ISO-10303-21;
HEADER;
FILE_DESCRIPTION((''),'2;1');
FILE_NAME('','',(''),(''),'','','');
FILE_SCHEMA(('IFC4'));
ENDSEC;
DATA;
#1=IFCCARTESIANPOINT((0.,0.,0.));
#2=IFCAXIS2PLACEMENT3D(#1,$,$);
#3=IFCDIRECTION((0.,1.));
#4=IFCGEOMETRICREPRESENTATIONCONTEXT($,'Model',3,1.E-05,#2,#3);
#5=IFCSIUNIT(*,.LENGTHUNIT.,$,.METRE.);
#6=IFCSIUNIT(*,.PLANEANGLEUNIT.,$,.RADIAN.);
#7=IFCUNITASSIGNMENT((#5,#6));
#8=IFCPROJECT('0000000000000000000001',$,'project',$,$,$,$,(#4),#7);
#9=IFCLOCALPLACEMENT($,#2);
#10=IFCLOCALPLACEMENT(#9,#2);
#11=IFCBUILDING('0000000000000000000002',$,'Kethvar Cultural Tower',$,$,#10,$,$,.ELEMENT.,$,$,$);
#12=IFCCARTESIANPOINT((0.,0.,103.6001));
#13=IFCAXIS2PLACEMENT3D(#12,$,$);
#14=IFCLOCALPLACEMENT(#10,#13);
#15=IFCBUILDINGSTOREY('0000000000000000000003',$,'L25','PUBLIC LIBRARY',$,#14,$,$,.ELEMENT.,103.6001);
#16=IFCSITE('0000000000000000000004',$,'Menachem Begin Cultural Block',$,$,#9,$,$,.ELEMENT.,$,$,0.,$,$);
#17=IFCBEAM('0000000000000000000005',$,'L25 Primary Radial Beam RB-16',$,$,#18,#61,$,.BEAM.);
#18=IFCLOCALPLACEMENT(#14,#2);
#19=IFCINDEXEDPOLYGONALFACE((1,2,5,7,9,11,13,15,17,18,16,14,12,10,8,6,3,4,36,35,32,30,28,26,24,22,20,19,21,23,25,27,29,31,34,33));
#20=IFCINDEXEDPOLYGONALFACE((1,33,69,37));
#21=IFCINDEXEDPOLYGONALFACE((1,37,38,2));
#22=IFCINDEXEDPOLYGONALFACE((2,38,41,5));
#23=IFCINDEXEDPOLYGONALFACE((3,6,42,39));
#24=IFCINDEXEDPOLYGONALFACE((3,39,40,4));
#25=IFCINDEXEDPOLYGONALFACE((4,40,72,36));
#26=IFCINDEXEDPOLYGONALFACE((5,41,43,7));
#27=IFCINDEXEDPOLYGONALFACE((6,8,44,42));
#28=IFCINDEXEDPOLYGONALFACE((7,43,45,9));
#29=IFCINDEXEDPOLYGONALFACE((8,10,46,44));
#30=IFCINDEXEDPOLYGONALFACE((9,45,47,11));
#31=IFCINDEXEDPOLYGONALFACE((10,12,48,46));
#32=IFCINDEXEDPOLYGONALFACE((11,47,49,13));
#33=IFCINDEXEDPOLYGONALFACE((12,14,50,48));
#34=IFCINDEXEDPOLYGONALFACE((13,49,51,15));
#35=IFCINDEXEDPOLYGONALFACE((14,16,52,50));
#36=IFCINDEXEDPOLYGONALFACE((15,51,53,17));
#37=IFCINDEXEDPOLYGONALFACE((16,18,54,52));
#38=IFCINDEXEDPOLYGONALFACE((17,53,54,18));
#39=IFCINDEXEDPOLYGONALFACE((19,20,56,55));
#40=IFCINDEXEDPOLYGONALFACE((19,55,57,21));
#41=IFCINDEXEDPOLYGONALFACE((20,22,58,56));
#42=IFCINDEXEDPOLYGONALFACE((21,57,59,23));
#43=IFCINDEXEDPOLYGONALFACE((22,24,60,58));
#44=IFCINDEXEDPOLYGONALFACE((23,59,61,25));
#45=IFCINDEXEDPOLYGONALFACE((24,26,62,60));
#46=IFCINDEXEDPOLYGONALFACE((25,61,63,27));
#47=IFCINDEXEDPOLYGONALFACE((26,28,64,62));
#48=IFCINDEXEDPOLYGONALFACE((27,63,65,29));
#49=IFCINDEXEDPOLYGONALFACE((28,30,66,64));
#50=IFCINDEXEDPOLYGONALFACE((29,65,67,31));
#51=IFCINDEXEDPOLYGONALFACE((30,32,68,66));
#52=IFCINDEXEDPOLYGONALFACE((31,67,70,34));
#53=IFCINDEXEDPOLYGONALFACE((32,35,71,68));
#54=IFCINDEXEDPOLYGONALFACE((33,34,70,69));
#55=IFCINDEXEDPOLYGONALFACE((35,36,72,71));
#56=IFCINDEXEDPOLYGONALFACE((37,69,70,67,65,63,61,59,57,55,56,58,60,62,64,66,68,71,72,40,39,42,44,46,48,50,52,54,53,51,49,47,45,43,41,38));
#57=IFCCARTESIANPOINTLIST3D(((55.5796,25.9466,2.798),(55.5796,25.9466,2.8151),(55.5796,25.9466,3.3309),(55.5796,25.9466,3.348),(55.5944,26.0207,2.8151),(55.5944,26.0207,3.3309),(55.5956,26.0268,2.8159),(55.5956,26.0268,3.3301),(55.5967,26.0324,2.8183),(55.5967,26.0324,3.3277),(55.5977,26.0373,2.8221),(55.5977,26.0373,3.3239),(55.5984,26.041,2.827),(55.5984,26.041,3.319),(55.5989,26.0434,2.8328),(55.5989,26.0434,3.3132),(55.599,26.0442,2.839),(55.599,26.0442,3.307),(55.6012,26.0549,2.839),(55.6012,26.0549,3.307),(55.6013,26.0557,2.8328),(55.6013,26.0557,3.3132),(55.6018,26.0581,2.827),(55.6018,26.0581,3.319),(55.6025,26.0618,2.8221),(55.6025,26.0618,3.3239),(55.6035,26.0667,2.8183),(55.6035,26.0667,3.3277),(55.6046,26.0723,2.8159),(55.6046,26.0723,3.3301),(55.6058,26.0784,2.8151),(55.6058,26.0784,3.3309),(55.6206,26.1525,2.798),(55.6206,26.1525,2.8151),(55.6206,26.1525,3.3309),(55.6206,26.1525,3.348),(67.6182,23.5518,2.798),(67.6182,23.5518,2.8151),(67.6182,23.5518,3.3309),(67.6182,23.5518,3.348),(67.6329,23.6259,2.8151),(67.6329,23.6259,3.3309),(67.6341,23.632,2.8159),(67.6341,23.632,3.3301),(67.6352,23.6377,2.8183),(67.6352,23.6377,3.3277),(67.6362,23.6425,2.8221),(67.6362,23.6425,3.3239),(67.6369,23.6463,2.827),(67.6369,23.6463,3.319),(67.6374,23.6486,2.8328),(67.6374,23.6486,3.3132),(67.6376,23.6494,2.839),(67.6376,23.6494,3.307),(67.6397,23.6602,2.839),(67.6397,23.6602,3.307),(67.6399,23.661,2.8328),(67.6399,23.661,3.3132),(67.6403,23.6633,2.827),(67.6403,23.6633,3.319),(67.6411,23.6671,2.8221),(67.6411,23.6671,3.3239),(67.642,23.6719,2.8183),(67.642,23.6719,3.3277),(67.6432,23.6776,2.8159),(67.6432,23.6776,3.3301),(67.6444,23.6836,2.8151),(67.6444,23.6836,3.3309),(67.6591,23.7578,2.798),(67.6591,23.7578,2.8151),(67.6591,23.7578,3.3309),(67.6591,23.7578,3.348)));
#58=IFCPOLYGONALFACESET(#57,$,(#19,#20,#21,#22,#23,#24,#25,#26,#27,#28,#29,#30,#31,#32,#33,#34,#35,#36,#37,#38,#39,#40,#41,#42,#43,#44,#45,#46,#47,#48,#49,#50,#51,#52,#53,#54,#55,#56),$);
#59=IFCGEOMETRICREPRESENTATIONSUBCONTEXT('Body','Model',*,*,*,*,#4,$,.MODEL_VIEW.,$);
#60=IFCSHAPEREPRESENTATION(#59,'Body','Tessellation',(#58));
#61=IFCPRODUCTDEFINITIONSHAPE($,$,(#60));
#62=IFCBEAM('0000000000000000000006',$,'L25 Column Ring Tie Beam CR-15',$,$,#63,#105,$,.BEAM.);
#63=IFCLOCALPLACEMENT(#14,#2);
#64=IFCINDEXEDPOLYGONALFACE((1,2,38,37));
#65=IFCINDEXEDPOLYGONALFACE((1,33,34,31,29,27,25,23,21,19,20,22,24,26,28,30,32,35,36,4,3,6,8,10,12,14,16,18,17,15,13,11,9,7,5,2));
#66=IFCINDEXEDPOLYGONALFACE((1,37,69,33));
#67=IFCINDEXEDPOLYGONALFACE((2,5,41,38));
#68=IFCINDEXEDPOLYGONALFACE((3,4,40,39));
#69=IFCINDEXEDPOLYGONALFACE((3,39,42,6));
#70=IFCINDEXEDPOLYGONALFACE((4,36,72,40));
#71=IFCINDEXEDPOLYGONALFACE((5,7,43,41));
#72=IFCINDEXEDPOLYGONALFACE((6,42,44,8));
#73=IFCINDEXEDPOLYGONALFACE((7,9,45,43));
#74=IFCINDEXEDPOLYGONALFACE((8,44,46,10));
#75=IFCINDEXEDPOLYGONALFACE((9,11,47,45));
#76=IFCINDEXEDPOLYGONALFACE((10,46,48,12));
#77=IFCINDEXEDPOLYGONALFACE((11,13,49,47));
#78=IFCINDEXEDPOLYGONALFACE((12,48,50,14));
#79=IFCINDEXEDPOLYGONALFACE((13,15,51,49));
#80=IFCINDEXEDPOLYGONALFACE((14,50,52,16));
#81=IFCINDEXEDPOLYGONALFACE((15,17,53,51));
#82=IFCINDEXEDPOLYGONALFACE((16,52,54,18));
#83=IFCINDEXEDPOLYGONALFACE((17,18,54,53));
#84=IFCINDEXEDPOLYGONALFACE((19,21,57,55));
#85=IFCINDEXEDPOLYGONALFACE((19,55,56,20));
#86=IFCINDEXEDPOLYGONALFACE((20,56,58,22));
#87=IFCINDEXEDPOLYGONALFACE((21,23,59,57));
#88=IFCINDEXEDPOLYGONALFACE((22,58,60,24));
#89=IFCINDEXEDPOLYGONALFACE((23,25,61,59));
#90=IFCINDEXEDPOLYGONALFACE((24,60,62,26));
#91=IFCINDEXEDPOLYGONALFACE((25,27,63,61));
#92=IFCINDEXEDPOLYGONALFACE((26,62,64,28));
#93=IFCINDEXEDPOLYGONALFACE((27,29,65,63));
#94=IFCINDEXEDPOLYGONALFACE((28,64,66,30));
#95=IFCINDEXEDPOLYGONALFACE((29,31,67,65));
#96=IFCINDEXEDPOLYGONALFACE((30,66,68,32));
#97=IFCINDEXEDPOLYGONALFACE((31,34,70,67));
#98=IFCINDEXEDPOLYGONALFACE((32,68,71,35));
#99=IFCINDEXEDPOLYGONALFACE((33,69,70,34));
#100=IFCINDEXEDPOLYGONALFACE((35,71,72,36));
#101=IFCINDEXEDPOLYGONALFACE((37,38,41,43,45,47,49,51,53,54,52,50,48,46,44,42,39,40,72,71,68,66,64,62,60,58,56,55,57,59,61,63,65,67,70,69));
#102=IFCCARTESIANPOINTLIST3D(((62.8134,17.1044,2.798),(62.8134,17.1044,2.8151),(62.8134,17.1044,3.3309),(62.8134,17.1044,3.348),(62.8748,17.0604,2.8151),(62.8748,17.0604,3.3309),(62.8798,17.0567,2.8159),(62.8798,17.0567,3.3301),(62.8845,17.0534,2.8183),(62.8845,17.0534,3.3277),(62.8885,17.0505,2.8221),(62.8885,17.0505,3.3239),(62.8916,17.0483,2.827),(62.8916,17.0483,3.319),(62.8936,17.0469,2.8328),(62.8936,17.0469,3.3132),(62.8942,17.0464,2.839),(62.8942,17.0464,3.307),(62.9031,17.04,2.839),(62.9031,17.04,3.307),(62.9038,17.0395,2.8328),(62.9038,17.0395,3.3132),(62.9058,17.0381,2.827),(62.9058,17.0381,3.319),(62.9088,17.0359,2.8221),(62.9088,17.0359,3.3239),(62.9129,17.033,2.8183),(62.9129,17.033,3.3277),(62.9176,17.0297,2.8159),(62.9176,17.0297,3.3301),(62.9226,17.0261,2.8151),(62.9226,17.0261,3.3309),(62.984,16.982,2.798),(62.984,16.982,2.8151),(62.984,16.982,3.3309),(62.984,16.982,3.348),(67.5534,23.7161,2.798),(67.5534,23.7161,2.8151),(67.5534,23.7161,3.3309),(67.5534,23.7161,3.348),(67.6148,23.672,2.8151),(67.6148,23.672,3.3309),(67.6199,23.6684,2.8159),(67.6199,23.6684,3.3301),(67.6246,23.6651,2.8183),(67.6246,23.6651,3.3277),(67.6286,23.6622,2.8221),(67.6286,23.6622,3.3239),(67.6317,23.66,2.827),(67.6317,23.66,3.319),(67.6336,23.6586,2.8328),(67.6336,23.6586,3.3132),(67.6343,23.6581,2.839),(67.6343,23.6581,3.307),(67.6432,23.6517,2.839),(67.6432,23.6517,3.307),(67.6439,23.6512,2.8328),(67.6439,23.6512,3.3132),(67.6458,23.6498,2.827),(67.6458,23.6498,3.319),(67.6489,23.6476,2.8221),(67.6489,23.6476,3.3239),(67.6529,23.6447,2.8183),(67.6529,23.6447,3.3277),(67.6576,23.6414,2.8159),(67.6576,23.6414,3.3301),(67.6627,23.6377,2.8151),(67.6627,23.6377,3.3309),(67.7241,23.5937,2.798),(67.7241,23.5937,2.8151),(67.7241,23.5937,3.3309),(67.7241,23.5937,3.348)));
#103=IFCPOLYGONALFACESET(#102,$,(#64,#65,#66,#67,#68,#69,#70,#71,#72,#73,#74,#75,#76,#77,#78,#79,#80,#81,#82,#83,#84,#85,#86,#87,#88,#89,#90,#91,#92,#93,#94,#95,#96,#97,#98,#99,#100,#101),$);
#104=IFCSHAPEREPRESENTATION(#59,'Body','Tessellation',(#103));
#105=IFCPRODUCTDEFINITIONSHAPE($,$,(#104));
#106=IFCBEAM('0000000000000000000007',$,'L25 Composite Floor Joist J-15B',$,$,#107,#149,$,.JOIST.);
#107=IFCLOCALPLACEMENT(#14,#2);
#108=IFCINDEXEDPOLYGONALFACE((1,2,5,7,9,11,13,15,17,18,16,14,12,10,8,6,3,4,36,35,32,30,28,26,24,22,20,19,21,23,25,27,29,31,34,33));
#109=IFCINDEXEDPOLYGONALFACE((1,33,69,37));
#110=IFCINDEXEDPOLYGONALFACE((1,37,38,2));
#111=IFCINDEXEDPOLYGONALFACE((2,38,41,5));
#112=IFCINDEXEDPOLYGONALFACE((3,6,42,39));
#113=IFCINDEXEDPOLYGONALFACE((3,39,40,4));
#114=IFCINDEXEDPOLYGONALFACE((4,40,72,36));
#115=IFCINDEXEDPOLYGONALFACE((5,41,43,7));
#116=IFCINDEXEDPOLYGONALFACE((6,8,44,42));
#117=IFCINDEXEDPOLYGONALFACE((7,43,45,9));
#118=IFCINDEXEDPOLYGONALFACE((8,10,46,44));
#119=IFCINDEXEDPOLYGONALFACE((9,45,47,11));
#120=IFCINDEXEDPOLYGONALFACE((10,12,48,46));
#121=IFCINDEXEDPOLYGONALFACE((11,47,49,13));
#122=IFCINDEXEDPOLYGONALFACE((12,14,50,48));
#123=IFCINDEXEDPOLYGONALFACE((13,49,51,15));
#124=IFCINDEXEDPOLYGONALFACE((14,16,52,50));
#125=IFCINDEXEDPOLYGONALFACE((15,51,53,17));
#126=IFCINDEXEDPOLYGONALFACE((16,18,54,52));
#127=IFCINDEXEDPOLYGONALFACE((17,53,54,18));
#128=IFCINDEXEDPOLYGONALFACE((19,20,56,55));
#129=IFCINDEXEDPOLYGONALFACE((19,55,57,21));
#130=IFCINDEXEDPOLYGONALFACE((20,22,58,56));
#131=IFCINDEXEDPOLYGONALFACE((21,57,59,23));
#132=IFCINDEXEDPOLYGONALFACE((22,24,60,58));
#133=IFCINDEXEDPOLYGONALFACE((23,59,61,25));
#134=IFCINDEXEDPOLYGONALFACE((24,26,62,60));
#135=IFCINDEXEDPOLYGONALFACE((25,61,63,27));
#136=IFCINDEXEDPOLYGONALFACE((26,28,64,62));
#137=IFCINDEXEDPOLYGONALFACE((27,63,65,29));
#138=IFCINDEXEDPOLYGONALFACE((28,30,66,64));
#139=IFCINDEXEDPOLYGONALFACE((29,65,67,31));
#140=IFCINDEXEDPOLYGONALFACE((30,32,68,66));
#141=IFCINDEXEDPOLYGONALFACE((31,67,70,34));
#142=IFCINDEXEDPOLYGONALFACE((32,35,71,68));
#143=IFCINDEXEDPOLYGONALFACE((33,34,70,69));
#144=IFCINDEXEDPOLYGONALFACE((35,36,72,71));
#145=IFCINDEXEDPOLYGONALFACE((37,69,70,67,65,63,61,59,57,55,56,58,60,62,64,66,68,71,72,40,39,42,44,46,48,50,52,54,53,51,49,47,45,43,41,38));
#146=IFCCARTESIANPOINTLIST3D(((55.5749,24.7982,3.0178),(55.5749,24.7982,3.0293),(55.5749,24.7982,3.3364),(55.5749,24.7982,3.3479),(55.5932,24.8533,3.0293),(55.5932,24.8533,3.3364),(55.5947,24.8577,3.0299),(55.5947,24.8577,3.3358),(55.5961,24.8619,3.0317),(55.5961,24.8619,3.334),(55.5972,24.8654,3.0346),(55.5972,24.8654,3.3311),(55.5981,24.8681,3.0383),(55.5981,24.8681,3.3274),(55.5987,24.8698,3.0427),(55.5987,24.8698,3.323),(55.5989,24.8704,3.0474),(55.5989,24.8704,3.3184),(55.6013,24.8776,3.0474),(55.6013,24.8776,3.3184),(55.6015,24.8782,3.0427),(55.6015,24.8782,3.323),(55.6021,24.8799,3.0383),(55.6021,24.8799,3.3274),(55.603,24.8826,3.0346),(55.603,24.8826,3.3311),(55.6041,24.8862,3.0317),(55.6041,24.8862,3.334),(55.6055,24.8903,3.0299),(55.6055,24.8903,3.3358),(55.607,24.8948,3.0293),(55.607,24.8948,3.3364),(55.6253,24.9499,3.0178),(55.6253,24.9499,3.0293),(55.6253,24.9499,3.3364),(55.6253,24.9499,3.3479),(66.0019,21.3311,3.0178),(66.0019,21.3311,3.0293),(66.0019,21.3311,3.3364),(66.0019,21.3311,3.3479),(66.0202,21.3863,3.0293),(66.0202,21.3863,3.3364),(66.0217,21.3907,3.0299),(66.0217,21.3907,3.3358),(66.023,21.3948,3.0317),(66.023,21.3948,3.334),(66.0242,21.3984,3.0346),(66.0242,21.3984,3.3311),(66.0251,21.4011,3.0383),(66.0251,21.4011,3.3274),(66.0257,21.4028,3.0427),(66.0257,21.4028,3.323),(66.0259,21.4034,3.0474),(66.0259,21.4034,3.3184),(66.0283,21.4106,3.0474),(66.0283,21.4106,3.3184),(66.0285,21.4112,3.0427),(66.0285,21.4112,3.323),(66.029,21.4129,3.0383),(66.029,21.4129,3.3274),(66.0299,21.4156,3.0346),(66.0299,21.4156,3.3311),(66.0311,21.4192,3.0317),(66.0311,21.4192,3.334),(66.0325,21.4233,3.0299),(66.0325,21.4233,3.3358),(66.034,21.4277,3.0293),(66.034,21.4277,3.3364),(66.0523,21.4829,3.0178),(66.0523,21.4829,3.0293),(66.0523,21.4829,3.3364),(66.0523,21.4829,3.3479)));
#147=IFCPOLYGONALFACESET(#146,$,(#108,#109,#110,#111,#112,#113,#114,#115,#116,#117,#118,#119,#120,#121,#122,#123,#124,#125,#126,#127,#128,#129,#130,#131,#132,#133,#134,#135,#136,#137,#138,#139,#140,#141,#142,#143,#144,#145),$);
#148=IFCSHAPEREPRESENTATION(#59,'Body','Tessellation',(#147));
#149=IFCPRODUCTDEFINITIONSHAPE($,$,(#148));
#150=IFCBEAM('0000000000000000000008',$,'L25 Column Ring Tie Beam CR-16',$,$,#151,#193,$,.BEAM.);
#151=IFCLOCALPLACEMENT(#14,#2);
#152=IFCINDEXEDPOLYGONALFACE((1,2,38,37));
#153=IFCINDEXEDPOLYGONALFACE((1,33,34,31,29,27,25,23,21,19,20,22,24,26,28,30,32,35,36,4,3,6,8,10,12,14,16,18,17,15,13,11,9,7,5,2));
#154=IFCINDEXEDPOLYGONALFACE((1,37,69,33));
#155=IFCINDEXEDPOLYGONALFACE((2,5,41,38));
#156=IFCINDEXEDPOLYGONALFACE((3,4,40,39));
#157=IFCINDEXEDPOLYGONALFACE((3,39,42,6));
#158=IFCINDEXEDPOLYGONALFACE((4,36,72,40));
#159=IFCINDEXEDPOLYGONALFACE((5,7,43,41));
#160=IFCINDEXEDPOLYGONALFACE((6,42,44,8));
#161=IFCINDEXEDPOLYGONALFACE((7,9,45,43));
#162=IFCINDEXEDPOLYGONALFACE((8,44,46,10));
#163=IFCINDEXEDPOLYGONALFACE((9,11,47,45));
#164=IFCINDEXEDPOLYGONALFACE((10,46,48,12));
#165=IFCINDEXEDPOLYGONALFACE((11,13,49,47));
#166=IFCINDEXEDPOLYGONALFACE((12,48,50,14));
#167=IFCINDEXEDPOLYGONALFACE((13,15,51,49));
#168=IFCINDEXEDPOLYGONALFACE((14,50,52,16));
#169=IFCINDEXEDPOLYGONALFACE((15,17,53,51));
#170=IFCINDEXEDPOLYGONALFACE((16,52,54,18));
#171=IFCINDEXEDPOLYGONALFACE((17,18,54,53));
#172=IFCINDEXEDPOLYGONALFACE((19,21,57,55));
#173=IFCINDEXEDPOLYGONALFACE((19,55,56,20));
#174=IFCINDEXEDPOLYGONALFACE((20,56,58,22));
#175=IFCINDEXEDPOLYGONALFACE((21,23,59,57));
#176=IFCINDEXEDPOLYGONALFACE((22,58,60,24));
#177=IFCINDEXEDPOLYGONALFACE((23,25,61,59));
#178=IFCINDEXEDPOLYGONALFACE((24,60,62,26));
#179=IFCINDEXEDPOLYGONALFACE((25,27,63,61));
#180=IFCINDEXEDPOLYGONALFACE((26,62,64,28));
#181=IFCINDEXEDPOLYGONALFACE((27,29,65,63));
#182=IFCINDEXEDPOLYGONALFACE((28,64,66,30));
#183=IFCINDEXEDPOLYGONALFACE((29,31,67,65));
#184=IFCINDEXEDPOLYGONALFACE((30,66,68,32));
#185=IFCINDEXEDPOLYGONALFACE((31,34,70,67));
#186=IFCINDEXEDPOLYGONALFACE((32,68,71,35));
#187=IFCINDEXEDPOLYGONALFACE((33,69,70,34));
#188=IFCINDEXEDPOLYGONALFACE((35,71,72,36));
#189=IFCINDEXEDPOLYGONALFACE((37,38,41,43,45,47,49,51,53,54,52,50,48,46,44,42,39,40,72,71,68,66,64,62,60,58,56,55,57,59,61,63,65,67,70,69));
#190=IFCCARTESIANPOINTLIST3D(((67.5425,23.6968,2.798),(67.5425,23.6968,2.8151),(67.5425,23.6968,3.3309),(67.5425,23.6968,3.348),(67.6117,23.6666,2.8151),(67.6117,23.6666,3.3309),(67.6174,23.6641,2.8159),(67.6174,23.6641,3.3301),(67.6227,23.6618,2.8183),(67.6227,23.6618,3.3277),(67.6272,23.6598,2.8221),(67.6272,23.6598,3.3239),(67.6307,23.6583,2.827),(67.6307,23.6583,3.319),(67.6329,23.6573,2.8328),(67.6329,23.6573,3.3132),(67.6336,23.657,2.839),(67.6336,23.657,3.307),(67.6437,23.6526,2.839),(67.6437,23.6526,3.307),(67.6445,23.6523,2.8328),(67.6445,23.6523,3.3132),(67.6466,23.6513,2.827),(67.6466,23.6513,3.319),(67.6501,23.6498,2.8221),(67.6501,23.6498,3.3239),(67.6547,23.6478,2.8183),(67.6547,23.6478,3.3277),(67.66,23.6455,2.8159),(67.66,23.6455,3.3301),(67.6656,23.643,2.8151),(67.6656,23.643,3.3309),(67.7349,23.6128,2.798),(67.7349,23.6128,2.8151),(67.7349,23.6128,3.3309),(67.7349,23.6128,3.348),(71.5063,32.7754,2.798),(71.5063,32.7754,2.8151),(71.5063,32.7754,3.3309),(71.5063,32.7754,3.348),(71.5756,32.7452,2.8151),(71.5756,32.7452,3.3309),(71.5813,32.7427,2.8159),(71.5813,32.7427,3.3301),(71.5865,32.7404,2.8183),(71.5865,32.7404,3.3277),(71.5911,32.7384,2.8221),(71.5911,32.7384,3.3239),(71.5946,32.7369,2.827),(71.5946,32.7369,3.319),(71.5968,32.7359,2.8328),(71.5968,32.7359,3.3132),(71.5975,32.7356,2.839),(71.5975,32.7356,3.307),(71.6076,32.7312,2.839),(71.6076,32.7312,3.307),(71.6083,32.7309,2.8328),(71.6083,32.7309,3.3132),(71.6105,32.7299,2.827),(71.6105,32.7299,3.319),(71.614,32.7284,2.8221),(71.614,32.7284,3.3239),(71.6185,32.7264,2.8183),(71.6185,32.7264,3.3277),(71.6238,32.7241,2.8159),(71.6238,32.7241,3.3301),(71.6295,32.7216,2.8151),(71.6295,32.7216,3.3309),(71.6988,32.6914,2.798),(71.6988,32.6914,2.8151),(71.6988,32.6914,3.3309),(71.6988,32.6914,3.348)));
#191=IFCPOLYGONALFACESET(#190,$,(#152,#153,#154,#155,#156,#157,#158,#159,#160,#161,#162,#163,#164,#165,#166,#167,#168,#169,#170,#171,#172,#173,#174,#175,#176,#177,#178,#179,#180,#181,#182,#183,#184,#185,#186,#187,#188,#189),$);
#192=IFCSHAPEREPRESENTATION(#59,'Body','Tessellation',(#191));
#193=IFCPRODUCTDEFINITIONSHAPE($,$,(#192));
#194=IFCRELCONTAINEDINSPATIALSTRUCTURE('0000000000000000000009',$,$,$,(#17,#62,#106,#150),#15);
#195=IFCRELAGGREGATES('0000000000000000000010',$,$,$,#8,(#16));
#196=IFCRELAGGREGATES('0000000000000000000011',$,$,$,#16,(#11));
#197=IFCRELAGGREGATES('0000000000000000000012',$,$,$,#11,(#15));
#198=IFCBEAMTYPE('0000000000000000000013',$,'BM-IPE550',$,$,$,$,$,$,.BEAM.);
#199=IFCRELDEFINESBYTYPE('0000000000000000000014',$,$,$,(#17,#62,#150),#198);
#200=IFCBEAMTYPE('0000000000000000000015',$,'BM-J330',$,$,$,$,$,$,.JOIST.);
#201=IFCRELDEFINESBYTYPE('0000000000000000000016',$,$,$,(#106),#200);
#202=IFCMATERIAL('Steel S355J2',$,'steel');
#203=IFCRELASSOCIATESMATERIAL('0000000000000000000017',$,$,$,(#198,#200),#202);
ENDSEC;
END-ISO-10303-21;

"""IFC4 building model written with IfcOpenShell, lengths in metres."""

from ifc_helpers import new_model, si_unit, direction, frame, origin, origin_2d, place, context, subcontext, project, spatial, i_section, extrude, source, transform, mapped, material, material_profile, profile_set, type_object, element, save


model = new_model("IFC4")

# Units and contexts
model_context = context("Model", 3, precision=1e-05, world=origin(), true_north=direction((0.0, 1.0)))
body_context = subcontext(model_context, "Body", "Model", "MODEL_VIEW")
ifc_project = project(units=[si_unit("LENGTHUNIT", "METRE"), si_unit("PLANEANGLEUNIT", "RADIAN")], contexts=[model_context])

# Site, building, storey
site_placement = place(None, origin())
site = spatial("IfcSite", under=ifc_project, at=site_placement, Name="Menachem Begin Cultural Block", CompositionType="ELEMENT", RefElevation=0.0)
building_placement = place(site_placement, origin())
building = spatial("IfcBuilding", under=site, at=building_placement, Name="Kethvar Cultural Tower", CompositionType="ELEMENT")
storey_placement = place(building_placement, frame((0.0, 0.0, 103.6001)))
storey = spatial("IfcBuildingStorey", under=building, at=storey_placement, Name="L25", Description="PUBLIC LIBRARY", CompositionType="ELEMENT", Elevation=103.6001)

# Beams
ifc_material_1 = material(Name="Steel S355J2", Category="steel")
ifc_material_profile_1 = material_profile(ifc_material_1, i_section(OverallWidth=0.21, OverallDepth=0.55, WebThickness=0.011, FlangeThickness=0.0171, FilletRadius=0.0239, at=origin_2d()), Name="Steel S355J2 — IPE550")
ifc_profile_set_1 = profile_set([ifc_material_profile_1], Name="Steel S355J2 — IPE550")
beam_type_1 = type_object("IfcBeamType", Name="BM-IPE550", PredefinedType="BEAM", material=ifc_profile_set_1)
shared_shape_1 = source(origin(), body_context, "Body", "SweptSolid", [
    extrude(i_section(OverallWidth=0.21, OverallDepth=0.55, WebThickness=0.011, FlangeThickness=0.0171, FilletRadius=0.0239, at=origin_2d()), origin(), (0.0, 0.0, 1.0), 12.2744),
])
beam_1_placement = place(storey_placement, frame((55.6001, 26.0496, 3.073), z_axis=(0.980783, -0.195102, 0.0), x_axis=(0.195102, 0.980783, 0.0)))
element("IfcBeam", 1, at=beam_1_placement, inside=storey, type_object=beam_type_1, Name="L25 Primary Radial Beam RB-16", PredefinedType="BEAM", context=body_context, shape_type="MappedRepresentation", body=[
    mapped(shared_shape_1, transform((0.0, 0.0, 0.0), scale=1.0)),
])
shared_shape_2 = source(origin(), body_context, "Body", "SweptSolid", [
    extrude(i_section(OverallWidth=0.21, OverallDepth=0.55, WebThickness=0.011, FlangeThickness=0.0171, FilletRadius=0.0239, at=origin_2d()), origin(), (0.0, 0.0, 1.0), 8.1353),
])
beam_2_placement = place(storey_placement, frame((62.8987, 17.0432, 3.073), z_axis=(0.582657, 0.812718, 0.0), x_axis=(-0.812718, 0.582657, 0.0)))
element("IfcBeam", 2, at=beam_2_placement, inside=storey, type_object=beam_type_1, Name="L25 Column Ring Tie Beam CR-15", PredefinedType="BEAM", context=body_context, shape_type="MappedRepresentation", body=[
    mapped(shared_shape_2, transform((0.0, 0.0, 0.0), scale=1.0)),
])
ifc_material_profile_2 = material_profile(ifc_material_1, i_section(OverallWidth=0.1599, OverallDepth=0.3301, WebThickness=0.0076, FlangeThickness=0.0115, FilletRadius=0.0181, at=origin_2d()), Name="Steel S355J2 — IPE330")
ifc_profile_set_2 = profile_set([ifc_material_profile_2], Name="Steel S355J2 — IPE330")
beam_type_2 = type_object("IfcBeamType", Name="BM-J330", PredefinedType="JOIST", material=ifc_profile_set_2)
shared_shape_3 = source(origin(), body_context, "Body", "SweptSolid", [
    extrude(i_section(OverallWidth=0.1599, OverallDepth=0.3301, WebThickness=0.0076, FlangeThickness=0.0115, FilletRadius=0.0181, at=origin_2d()), origin(), (0.0, 0.0, 1.0), 10.9883),
])
beam_3_placement = place(storey_placement, frame((55.6001, 24.874, 3.1829), z_axis=(0.948919, -0.315521, 0.0), x_axis=(0.315521, 0.948919, 0.0)))
element("IfcBeam", 3, at=beam_3_placement, inside=storey, type_object=beam_type_2, Name="L25 Composite Floor Joist J-15B", PredefinedType="JOIST", context=body_context, shape_type="MappedRepresentation", body=[
    mapped(shared_shape_3, transform((0.0, 0.0, 0.0), scale=1.0)),
])
shared_shape_4 = source(origin(), body_context, "Body", "SweptSolid", [
    extrude(i_section(OverallWidth=0.21, OverallDepth=0.55, WebThickness=0.011, FlangeThickness=0.0171, FilletRadius=0.0239, at=origin_2d()), origin(), (0.0, 0.0, 1.0), 9.9062),
])
beam_4_placement = place(storey_placement, frame((67.6387, 23.6548, 3.073), z_axis=(0.400139, 0.916455, 0.0), x_axis=(-0.916455, 0.400139, 0.0)))
element("IfcBeam", 4, at=beam_4_placement, inside=storey, type_object=beam_type_1, Name="L25 Column Ring Tie Beam CR-16", PredefinedType="BEAM", context=body_context, shape_type="MappedRepresentation", body=[
    mapped(shared_shape_4, transform((0.0, 0.0, 0.0), scale=1.0)),
])

save(model, "model.ifc")
